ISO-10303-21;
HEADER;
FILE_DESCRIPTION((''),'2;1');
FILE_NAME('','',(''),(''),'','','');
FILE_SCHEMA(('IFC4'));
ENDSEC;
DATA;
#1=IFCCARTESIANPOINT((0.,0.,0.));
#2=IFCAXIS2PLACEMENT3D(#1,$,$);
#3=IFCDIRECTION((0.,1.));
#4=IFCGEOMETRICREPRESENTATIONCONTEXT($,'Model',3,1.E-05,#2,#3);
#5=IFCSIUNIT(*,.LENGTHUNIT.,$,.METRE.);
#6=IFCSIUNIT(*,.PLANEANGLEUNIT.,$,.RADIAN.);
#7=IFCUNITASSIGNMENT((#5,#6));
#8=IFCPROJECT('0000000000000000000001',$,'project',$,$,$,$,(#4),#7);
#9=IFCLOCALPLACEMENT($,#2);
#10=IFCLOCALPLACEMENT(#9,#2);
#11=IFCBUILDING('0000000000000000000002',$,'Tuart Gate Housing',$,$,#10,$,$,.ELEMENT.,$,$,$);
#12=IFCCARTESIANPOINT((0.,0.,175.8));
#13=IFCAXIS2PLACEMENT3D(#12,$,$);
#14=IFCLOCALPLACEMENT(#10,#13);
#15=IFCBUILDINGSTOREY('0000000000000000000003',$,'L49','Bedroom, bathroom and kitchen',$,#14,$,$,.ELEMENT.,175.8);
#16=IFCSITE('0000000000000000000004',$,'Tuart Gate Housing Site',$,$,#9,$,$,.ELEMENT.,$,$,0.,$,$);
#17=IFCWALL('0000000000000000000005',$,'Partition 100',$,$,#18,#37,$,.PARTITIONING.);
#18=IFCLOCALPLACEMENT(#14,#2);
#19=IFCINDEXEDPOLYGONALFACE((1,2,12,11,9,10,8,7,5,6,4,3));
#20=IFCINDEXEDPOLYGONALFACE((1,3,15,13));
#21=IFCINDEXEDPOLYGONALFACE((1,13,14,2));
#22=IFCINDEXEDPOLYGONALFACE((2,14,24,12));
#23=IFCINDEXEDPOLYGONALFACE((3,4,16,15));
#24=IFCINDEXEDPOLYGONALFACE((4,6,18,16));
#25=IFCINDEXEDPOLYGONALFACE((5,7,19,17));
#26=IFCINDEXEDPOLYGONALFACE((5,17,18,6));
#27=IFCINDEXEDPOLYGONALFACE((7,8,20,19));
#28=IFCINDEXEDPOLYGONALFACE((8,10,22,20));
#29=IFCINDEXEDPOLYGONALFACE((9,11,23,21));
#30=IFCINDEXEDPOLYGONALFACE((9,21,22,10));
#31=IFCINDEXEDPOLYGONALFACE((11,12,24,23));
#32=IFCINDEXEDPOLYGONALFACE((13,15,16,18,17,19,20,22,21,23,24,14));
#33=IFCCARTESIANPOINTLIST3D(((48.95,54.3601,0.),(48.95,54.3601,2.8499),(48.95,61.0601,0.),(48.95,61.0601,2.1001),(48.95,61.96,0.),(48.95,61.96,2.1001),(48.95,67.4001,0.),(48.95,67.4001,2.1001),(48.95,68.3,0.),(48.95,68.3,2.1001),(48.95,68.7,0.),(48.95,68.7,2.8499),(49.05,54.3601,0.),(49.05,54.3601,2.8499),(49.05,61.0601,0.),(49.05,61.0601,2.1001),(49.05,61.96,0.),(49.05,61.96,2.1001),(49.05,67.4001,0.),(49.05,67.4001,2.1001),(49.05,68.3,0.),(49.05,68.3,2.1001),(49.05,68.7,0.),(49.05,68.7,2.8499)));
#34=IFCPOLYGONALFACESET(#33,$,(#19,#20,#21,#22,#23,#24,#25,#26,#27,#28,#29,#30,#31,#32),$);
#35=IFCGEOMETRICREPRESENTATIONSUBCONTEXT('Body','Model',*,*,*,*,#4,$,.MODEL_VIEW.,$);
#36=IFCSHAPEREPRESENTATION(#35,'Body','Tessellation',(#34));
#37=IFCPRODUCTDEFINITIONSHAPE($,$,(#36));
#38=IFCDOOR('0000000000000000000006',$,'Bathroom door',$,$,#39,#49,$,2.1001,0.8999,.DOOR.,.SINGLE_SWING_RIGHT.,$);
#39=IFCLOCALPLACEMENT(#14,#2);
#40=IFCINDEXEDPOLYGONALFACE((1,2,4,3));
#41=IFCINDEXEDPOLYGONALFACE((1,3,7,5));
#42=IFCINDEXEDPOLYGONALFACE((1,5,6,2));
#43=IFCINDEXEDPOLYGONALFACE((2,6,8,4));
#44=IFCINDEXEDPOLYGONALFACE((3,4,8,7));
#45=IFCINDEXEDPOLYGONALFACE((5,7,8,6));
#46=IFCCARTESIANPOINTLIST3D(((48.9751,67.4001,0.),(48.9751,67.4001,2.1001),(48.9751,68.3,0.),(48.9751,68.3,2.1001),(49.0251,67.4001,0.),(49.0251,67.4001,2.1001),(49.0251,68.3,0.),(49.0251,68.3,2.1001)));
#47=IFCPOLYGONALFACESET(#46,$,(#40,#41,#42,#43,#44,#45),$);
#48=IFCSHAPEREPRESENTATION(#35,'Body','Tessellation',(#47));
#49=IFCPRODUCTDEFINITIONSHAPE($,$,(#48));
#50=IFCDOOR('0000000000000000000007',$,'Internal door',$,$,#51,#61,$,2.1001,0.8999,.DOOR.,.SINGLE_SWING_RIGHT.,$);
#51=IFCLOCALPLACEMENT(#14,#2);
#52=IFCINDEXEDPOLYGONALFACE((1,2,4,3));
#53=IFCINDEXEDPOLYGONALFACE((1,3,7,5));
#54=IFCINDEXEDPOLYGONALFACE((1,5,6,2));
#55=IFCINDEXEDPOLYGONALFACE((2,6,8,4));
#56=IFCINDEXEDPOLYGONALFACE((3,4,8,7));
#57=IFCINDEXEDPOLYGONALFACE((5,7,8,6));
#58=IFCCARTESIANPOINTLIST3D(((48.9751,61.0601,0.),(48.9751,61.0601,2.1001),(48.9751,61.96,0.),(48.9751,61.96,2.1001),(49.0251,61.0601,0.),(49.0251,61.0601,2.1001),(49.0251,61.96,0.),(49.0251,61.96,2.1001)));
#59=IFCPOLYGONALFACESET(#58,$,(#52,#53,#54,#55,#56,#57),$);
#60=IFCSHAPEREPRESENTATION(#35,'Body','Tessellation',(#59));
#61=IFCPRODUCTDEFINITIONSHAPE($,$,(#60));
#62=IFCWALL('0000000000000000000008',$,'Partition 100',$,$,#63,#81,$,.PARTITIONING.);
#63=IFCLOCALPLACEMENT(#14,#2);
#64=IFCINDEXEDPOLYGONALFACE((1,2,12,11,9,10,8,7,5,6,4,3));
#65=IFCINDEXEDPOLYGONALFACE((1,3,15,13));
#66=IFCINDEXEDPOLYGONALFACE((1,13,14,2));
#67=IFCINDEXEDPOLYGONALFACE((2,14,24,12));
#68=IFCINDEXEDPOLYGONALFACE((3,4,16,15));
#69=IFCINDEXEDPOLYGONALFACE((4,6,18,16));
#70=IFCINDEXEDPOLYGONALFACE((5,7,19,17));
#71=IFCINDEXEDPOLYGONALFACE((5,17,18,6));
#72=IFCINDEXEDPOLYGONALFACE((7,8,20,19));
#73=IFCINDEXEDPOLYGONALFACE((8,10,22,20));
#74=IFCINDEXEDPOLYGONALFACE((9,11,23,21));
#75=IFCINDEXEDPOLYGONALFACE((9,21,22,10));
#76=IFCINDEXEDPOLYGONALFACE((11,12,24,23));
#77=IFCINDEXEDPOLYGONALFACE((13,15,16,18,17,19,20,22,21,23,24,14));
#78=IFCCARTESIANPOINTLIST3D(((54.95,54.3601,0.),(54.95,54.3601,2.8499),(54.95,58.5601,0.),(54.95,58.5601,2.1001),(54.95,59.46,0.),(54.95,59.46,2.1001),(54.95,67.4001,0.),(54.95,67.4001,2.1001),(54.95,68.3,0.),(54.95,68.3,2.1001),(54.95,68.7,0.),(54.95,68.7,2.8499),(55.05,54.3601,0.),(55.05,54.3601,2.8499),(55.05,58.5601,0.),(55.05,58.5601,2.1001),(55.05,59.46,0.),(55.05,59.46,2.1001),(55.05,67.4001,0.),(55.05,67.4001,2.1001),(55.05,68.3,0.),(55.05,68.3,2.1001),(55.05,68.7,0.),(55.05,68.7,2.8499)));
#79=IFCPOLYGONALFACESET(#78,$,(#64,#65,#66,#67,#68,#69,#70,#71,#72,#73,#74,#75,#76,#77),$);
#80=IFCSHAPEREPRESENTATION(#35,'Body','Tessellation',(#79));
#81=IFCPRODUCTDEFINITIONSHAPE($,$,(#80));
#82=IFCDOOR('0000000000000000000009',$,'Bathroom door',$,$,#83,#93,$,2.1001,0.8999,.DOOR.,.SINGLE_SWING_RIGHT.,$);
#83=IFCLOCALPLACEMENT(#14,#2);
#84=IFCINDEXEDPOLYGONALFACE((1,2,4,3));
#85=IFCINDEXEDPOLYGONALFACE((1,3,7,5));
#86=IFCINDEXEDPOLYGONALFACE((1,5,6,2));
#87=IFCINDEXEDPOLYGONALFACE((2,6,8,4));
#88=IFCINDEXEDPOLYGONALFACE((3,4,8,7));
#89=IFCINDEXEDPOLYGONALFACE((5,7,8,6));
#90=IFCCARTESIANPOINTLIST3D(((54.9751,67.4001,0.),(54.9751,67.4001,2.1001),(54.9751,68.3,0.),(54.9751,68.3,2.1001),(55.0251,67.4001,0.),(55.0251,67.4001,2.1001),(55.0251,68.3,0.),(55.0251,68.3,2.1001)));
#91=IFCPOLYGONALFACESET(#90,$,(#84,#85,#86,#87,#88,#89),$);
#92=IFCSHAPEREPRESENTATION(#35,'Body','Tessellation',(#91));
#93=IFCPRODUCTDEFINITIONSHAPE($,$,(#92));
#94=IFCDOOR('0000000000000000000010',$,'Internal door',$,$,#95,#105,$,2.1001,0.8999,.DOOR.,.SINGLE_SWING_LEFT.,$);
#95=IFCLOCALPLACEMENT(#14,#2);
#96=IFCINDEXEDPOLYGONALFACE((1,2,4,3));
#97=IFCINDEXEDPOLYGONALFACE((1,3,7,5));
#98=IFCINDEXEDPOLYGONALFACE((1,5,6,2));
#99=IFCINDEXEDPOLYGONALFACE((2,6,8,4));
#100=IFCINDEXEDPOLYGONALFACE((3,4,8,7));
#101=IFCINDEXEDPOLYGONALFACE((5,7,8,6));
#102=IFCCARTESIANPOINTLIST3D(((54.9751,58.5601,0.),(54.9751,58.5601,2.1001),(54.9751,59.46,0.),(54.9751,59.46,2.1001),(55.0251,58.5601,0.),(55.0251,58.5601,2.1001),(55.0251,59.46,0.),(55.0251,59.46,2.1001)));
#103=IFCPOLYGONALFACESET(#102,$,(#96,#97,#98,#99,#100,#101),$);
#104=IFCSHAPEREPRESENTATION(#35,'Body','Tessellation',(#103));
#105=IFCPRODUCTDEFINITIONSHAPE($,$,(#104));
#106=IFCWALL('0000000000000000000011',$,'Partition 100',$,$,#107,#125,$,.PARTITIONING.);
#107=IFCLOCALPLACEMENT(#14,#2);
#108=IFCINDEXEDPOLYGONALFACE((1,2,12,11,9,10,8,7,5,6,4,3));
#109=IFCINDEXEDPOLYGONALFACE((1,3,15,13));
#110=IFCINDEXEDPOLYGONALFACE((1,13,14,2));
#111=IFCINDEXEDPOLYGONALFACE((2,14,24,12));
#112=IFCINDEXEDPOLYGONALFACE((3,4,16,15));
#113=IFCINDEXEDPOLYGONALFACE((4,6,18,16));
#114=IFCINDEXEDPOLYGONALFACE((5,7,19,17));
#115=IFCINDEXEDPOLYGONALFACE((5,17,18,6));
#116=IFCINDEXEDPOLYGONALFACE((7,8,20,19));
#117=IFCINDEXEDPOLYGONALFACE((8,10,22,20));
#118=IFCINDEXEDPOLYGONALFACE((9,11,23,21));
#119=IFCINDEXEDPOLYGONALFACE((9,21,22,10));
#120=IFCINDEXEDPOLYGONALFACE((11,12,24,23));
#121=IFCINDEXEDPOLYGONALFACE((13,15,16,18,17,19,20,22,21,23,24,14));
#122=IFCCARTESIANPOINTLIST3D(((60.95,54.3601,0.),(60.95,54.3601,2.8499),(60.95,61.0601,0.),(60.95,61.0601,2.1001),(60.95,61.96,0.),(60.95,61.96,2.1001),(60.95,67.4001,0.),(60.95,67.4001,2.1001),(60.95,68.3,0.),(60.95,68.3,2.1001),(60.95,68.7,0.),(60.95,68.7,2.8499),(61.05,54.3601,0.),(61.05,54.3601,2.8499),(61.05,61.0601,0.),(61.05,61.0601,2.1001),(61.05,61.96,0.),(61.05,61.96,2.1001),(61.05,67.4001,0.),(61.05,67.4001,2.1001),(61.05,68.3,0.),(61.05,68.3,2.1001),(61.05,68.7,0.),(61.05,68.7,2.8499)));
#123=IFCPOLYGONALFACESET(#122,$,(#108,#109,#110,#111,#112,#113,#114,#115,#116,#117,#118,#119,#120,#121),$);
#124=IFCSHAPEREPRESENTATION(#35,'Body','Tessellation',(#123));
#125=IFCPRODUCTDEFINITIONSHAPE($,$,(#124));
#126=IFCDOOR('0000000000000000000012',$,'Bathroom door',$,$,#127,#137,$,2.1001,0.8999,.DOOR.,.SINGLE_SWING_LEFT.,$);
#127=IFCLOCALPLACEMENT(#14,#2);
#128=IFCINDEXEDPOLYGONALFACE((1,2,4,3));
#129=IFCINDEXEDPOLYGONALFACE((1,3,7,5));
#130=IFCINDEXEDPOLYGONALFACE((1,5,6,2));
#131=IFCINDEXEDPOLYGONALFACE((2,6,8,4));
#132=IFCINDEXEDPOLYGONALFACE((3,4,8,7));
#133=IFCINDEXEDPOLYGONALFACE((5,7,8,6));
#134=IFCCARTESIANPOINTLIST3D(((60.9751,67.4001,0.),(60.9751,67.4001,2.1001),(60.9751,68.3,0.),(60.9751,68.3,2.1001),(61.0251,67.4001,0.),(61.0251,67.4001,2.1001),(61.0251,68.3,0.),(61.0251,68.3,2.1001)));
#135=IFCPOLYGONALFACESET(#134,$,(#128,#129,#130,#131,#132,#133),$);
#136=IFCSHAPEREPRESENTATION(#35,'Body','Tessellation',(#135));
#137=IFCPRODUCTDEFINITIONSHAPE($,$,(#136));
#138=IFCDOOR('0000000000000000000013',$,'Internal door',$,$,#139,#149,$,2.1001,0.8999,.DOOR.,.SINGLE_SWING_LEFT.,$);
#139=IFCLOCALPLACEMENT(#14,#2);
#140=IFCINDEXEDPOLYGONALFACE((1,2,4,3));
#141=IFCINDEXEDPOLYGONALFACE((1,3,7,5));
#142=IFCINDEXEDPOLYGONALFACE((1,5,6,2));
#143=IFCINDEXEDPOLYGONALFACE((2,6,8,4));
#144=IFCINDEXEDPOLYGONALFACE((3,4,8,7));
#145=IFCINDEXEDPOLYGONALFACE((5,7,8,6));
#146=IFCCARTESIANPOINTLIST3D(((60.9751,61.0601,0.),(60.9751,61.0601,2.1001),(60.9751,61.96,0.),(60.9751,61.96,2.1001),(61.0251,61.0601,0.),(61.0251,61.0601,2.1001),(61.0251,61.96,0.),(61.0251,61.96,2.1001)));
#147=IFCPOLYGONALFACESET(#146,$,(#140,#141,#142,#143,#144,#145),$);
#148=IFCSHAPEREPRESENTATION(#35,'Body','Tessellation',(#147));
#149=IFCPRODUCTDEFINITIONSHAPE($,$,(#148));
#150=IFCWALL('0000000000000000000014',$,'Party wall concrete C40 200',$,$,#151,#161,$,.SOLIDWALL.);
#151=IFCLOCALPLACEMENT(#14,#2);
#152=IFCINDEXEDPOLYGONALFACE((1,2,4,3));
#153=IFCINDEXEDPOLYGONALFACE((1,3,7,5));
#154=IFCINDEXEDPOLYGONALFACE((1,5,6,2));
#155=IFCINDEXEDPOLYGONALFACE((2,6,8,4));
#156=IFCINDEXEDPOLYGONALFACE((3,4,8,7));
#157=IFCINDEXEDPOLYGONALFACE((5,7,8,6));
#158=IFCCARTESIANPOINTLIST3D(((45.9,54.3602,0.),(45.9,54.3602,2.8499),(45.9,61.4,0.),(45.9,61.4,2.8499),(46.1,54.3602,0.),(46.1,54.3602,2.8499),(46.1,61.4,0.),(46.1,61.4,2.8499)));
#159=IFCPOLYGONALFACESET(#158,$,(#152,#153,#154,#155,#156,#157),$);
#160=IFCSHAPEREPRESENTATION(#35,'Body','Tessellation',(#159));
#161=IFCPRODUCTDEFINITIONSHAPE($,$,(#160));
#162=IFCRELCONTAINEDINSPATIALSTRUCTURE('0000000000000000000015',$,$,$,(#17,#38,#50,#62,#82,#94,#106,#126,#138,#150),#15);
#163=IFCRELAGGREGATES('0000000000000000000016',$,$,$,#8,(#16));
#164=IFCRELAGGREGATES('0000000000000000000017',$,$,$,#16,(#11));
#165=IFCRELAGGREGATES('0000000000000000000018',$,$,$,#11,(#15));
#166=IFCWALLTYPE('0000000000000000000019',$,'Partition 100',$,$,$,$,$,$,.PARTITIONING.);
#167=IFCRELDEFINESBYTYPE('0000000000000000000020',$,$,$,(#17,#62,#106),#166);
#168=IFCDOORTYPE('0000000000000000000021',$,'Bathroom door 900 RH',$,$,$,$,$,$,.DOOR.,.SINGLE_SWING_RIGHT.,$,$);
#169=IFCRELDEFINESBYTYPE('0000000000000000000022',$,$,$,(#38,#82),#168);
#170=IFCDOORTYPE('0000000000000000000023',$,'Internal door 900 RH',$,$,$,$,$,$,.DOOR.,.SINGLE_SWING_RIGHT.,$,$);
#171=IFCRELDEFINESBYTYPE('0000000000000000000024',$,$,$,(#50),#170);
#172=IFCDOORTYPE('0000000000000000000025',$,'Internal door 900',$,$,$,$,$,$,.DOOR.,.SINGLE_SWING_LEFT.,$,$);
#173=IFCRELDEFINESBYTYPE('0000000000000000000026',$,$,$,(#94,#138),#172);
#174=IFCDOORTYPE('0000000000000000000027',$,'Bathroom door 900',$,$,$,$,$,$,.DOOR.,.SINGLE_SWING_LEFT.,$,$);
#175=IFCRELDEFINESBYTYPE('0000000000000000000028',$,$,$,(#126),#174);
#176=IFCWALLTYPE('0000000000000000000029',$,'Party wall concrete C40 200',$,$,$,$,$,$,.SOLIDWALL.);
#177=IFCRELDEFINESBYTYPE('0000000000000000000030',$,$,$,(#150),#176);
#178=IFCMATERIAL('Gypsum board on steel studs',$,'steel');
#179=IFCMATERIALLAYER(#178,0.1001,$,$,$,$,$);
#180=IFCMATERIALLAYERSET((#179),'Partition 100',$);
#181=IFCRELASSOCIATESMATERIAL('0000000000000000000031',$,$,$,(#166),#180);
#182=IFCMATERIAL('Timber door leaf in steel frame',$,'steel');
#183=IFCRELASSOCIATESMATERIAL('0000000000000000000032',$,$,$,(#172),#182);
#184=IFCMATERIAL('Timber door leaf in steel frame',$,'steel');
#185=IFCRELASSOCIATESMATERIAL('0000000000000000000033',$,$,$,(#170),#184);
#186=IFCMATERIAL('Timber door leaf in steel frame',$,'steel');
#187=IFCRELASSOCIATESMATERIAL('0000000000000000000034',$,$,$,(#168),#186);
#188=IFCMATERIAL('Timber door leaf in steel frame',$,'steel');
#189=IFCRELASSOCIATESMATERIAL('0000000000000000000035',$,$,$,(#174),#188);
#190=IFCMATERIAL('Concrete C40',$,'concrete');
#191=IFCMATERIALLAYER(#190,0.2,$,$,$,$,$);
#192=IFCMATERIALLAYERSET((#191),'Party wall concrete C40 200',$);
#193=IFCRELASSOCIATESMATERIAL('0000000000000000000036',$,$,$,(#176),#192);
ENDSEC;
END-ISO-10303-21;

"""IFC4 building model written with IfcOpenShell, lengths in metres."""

from ifc_helpers import new_model, si_unit, direction, frame, frame_2d, origin, place, context, subcontext, project, spatial, rectangle, extrude, material, layer, layer_set, type_object, element, fill, save


model = new_model("IFC4")

# Units and contexts
model_context = context("Model", 3, precision=1e-05, world=origin(), true_north=direction((0.0, 1.0)))
body_context = subcontext(model_context, "Body", "Model", "MODEL_VIEW")
ifc_project = project(units=[si_unit("LENGTHUNIT", "METRE"), si_unit("PLANEANGLEUNIT", "RADIAN")], contexts=[model_context])

# Site, building, storey
site_placement = place(None, origin())
site = spatial("IfcSite", under=ifc_project, at=site_placement, Name="Tuart Gate Housing Site", CompositionType="ELEMENT", RefElevation=0.0)
building_placement = place(site_placement, origin())
building = spatial("IfcBuilding", under=site, at=building_placement, Name="Tuart Gate Housing", CompositionType="ELEMENT")
storey_placement = place(building_placement, frame((0.0, 0.0, 175.8)))
storey = spatial("IfcBuildingStorey", under=building, at=storey_placement, Name="L49", Description="Bedroom, bathroom and kitchen", CompositionType="ELEMENT", Elevation=175.8)

# Shared definitions
ifc_material_1 = material(Name="Gypsum board on steel studs", Category="steel")
ifc_layer_1 = layer(ifc_material_1, 0.1001)
ifc_layer_set_1 = layer_set([ifc_layer_1], Name="Partition 100")
wall_type_1 = type_object("IfcWallType", Name="Partition 100", PredefinedType="PARTITIONING", material=ifc_layer_set_1)
ifc_material_2 = material(Name="Timber door leaf in steel frame", Category="steel")
door_type_1 = type_object("IfcDoorType", Name="Internal door 900", OperationType="SINGLE_SWING_LEFT", PredefinedType="DOOR", material=ifc_material_2)
ifc_material_3 = material(Name="Timber door leaf in steel frame", Category="steel")
door_type_2 = type_object("IfcDoorType", Name="Internal door 900 RH", OperationType="SINGLE_SWING_RIGHT", PredefinedType="DOOR", material=ifc_material_3)

# Walls, openings, doors
wall_1_placement = place(storey_placement, frame((49.0, 54.3601, 0.0), z_axis=(0.0, 0.0, 1.0), x_axis=(0.0, 1.0, 0.0)))
wall_1 = element("IfcWall", 1, at=wall_1_placement, inside=storey, type_object=wall_type_1, Name="Partition 100", PredefinedType="PARTITIONING", context=body_context, shape_type="SweptSolid", body=[
    extrude(rectangle(XDim=14.3398, YDim=0.1001, at=frame_2d((7.1699, 0.0))), origin(), (0.0, 0.0, 1.0), 2.8499),
])
opening_1_placement = place(wall_1_placement, frame((6.7, 0.0, 0.0)))
opening_1 = element("IfcOpeningElement", 2, at=opening_1_placement, cuts=wall_1, PredefinedType="OPENING", context=body_context, shape_type="SweptSolid", body=[
    extrude(rectangle(XDim=0.8999, YDim=2.1001, at=frame_2d((0.45, 1.05))), frame((0.0, 0.0601, 0.0), z_axis=(0.0, -1.0, 0.0), x_axis=(1.0, 0.0, 0.0)), (0.0, 0.0, 1.0), 0.1201),
])
opening_2_placement = place(wall_1_placement, frame((13.04, 0.0, 0.0)))
opening_2 = element("IfcOpeningElement", 3, at=opening_2_placement, cuts=wall_1, PredefinedType="OPENING", context=body_context, shape_type="SweptSolid", body=[
    extrude(rectangle(XDim=0.8999, YDim=2.1001, at=frame_2d((0.45, 1.05))), frame((0.0, 0.0601, 0.0), z_axis=(0.0, -1.0, 0.0), x_axis=(1.0, 0.0, 0.0)), (0.0, 0.0, 1.0), 0.1201),
])
ifc_material_4 = material(Name="Timber door leaf in steel frame", Category="steel")
door_type_3 = type_object("IfcDoorType", Name="Bathroom door 900 RH", OperationType="SINGLE_SWING_RIGHT", PredefinedType="DOOR", material=ifc_material_4)
door_1_placement = place(opening_2_placement, origin())
door_1 = element("IfcDoor", 4, at=door_1_placement, inside=storey, type_object=door_type_3, Name="Bathroom door", OperationType="SINGLE_SWING_RIGHT", OverallHeight=2.1001, OverallWidth=0.8999, PredefinedType="DOOR", context=body_context, shape_type="SweptSolid", body=[
    extrude(rectangle(XDim=0.8999, YDim=2.1001, at=frame_2d((0.45, 1.05))), frame((0.0, 0.0249, 0.0), z_axis=(0.0, -1.0, 0.0), x_axis=(1.0, 0.0, 0.0)), (0.0, 0.0, 1.0), 0.05),
])
fill(opening_2, door_1)
door_2_placement = place(opening_1_placement, origin())
door_2 = element("IfcDoor", 5, at=door_2_placement, inside=storey, type_object=door_type_2, Name="Internal door", OperationType="SINGLE_SWING_RIGHT", OverallHeight=2.1001, OverallWidth=0.8999, PredefinedType="DOOR", context=body_context, shape_type="SweptSolid", body=[
    extrude(rectangle(XDim=0.8999, YDim=2.1001, at=frame_2d((0.45, 1.05))), frame((0.0, 0.0249, 0.0), z_axis=(0.0, -1.0, 0.0), x_axis=(1.0, 0.0, 0.0)), (0.0, 0.0, 1.0), 0.05),
])
fill(opening_1, door_2)
wall_2_placement = place(storey_placement, frame((55.0, 54.3601, 0.0), z_axis=(0.0, 0.0, 1.0), x_axis=(0.0, 1.0, 0.0)))
wall_2 = element("IfcWall", 6, at=wall_2_placement, inside=storey, type_object=wall_type_1, Name="Partition 100", PredefinedType="PARTITIONING", context=body_context, shape_type="SweptSolid", body=[
    extrude(rectangle(XDim=14.3398, YDim=0.1001, at=frame_2d((7.1699, 0.0))), origin(), (0.0, 0.0, 1.0), 2.8499),
])
opening_3_placement = place(wall_2_placement, frame((4.2, 0.0, 0.0)))
opening_3 = element("IfcOpeningElement", 7, at=opening_3_placement, cuts=wall_2, PredefinedType="OPENING", context=body_context, shape_type="SweptSolid", body=[
    extrude(rectangle(XDim=0.8999, YDim=2.1001, at=frame_2d((0.45, 1.05))), frame((0.0, 0.0601, 0.0), z_axis=(0.0, -1.0, 0.0), x_axis=(1.0, 0.0, 0.0)), (0.0, 0.0, 1.0), 0.1201),
])
opening_4_placement = place(wall_2_placement, frame((13.04, 0.0, 0.0)))
opening_4 = element("IfcOpeningElement", 8, at=opening_4_placement, cuts=wall_2, PredefinedType="OPENING", context=body_context, shape_type="SweptSolid", body=[
    extrude(rectangle(XDim=0.8999, YDim=2.1001, at=frame_2d((0.45, 1.05))), frame((0.0, 0.0601, 0.0), z_axis=(0.0, -1.0, 0.0), x_axis=(1.0, 0.0, 0.0)), (0.0, 0.0, 1.0), 0.1201),
])
door_3_placement = place(opening_4_placement, origin())
door_3 = element("IfcDoor", 9, at=door_3_placement, inside=storey, type_object=door_type_3, Name="Bathroom door", OperationType="SINGLE_SWING_RIGHT", OverallHeight=2.1001, OverallWidth=0.8999, PredefinedType="DOOR", context=body_context, shape_type="SweptSolid", body=[
    extrude(rectangle(XDim=0.8999, YDim=2.1001, at=frame_2d((0.45, 1.05))), frame((0.0, 0.0249, 0.0), z_axis=(0.0, -1.0, 0.0), x_axis=(1.0, 0.0, 0.0)), (0.0, 0.0, 1.0), 0.05),
])
fill(opening_4, door_3)
door_4_placement = place(opening_3_placement, origin())
door_4 = element("IfcDoor", 10, at=door_4_placement, inside=storey, type_object=door_type_1, Name="Internal door", OperationType="SINGLE_SWING_LEFT", OverallHeight=2.1001, OverallWidth=0.8999, PredefinedType="DOOR", context=body_context, shape_type="SweptSolid", body=[
    extrude(rectangle(XDim=0.8999, YDim=2.1001, at=frame_2d((0.45, 1.05))), frame((0.0, 0.0249, 0.0), z_axis=(0.0, -1.0, 0.0), x_axis=(1.0, 0.0, 0.0)), (0.0, 0.0, 1.0), 0.05),
])
fill(opening_3, door_4)
wall_3_placement = place(storey_placement, frame((61.0, 54.3601, 0.0), z_axis=(0.0, 0.0, 1.0), x_axis=(0.0, 1.0, 0.0)))
wall_3 = element("IfcWall", 11, at=wall_3_placement, inside=storey, type_object=wall_type_1, Name="Partition 100", PredefinedType="PARTITIONING", context=body_context, shape_type="SweptSolid", body=[
    extrude(rectangle(XDim=14.3398, YDim=0.1001, at=frame_2d((7.1699, 0.0))), origin(), (0.0, 0.0, 1.0), 2.8499),
])
opening_5_placement = place(wall_3_placement, frame((6.7, 0.0, 0.0)))
opening_5 = element("IfcOpeningElement", 12, at=opening_5_placement, cuts=wall_3, PredefinedType="OPENING", context=body_context, shape_type="SweptSolid", body=[
    extrude(rectangle(XDim=0.8999, YDim=2.1001, at=frame_2d((0.45, 1.05))), frame((0.0, 0.0601, 0.0), z_axis=(0.0, -1.0, 0.0), x_axis=(1.0, 0.0, 0.0)), (0.0, 0.0, 1.0), 0.1201),
])
opening_6_placement = place(wall_3_placement, frame((13.04, 0.0, 0.0)))
opening_6 = element("IfcOpeningElement", 13, at=opening_6_placement, cuts=wall_3, PredefinedType="OPENING", context=body_context, shape_type="SweptSolid", body=[
    extrude(rectangle(XDim=0.8999, YDim=2.1001, at=frame_2d((0.45, 1.05))), frame((0.0, 0.0601, 0.0), z_axis=(0.0, -1.0, 0.0), x_axis=(1.0, 0.0, 0.0)), (0.0, 0.0, 1.0), 0.1201),
])
ifc_material_5 = material(Name="Timber door leaf in steel frame", Category="steel")
door_type_4 = type_object("IfcDoorType", Name="Bathroom door 900", OperationType="SINGLE_SWING_LEFT", PredefinedType="DOOR", material=ifc_material_5)
door_5_placement = place(opening_6_placement, frame((0.8999, 0.0, 0.0), z_axis=(0.0, 0.0, 1.0), x_axis=(-1.0, 0.0, 0.0)))
door_5 = element("IfcDoor", 14, at=door_5_placement, inside=storey, type_object=door_type_4, Name="Bathroom door", OperationType="SINGLE_SWING_LEFT", OverallHeight=2.1001, OverallWidth=0.8999, PredefinedType="DOOR", context=body_context, shape_type="SweptSolid", body=[
    extrude(rectangle(XDim=0.8999, YDim=2.1001, at=frame_2d((0.45, 1.05))), frame((0.0, 0.0251, 0.0), z_axis=(0.0, -1.0, 0.0), x_axis=(1.0, 0.0, 0.0)), (0.0, 0.0, 1.0), 0.05),
])
fill(opening_6, door_5)
door_6_placement = place(opening_5_placement, frame((0.8999, 0.0, 0.0), z_axis=(0.0, 0.0, 1.0), x_axis=(-1.0, 0.0, 0.0)))
door_6 = element("IfcDoor", 15, at=door_6_placement, inside=storey, type_object=door_type_1, Name="Internal door", OperationType="SINGLE_SWING_LEFT", OverallHeight=2.1001, OverallWidth=0.8999, PredefinedType="DOOR", context=body_context, shape_type="SweptSolid", body=[
    extrude(rectangle(XDim=0.8999, YDim=2.1001, at=frame_2d((0.45, 1.05))), frame((0.0, 0.0251, 0.0), z_axis=(0.0, -1.0, 0.0), x_axis=(1.0, 0.0, 0.0)), (0.0, 0.0, 1.0), 0.05),
])
fill(opening_5, door_6)

# Wall
ifc_material_6 = material(Name="Concrete C40", Category="concrete")
ifc_layer_2 = layer(ifc_material_6, 0.2)
ifc_layer_set_2 = layer_set([ifc_layer_2], Name="Party wall concrete C40 200")
wall_type_2 = type_object("IfcWallType", Name="Party wall concrete C40 200", PredefinedType="SOLIDWALL", material=ifc_layer_set_2)
wall_4_placement = place(storey_placement, frame((46.0, 54.3601, 0.0), z_axis=(0.0, 0.0, 1.0), x_axis=(0.0, 1.0, 0.0)))
element("IfcWall", 16, at=wall_4_placement, inside=storey, type_object=wall_type_2, Name="Party wall concrete C40 200", PredefinedType="SOLIDWALL", context=body_context, shape_type="SweptSolid", body=[
    extrude(rectangle(XDim=7.0398, YDim=0.2, at=frame_2d((3.52, 0.0))), origin(), (0.0, 0.0, 1.0), 2.8499),
])

save(model, "model.ifc")
